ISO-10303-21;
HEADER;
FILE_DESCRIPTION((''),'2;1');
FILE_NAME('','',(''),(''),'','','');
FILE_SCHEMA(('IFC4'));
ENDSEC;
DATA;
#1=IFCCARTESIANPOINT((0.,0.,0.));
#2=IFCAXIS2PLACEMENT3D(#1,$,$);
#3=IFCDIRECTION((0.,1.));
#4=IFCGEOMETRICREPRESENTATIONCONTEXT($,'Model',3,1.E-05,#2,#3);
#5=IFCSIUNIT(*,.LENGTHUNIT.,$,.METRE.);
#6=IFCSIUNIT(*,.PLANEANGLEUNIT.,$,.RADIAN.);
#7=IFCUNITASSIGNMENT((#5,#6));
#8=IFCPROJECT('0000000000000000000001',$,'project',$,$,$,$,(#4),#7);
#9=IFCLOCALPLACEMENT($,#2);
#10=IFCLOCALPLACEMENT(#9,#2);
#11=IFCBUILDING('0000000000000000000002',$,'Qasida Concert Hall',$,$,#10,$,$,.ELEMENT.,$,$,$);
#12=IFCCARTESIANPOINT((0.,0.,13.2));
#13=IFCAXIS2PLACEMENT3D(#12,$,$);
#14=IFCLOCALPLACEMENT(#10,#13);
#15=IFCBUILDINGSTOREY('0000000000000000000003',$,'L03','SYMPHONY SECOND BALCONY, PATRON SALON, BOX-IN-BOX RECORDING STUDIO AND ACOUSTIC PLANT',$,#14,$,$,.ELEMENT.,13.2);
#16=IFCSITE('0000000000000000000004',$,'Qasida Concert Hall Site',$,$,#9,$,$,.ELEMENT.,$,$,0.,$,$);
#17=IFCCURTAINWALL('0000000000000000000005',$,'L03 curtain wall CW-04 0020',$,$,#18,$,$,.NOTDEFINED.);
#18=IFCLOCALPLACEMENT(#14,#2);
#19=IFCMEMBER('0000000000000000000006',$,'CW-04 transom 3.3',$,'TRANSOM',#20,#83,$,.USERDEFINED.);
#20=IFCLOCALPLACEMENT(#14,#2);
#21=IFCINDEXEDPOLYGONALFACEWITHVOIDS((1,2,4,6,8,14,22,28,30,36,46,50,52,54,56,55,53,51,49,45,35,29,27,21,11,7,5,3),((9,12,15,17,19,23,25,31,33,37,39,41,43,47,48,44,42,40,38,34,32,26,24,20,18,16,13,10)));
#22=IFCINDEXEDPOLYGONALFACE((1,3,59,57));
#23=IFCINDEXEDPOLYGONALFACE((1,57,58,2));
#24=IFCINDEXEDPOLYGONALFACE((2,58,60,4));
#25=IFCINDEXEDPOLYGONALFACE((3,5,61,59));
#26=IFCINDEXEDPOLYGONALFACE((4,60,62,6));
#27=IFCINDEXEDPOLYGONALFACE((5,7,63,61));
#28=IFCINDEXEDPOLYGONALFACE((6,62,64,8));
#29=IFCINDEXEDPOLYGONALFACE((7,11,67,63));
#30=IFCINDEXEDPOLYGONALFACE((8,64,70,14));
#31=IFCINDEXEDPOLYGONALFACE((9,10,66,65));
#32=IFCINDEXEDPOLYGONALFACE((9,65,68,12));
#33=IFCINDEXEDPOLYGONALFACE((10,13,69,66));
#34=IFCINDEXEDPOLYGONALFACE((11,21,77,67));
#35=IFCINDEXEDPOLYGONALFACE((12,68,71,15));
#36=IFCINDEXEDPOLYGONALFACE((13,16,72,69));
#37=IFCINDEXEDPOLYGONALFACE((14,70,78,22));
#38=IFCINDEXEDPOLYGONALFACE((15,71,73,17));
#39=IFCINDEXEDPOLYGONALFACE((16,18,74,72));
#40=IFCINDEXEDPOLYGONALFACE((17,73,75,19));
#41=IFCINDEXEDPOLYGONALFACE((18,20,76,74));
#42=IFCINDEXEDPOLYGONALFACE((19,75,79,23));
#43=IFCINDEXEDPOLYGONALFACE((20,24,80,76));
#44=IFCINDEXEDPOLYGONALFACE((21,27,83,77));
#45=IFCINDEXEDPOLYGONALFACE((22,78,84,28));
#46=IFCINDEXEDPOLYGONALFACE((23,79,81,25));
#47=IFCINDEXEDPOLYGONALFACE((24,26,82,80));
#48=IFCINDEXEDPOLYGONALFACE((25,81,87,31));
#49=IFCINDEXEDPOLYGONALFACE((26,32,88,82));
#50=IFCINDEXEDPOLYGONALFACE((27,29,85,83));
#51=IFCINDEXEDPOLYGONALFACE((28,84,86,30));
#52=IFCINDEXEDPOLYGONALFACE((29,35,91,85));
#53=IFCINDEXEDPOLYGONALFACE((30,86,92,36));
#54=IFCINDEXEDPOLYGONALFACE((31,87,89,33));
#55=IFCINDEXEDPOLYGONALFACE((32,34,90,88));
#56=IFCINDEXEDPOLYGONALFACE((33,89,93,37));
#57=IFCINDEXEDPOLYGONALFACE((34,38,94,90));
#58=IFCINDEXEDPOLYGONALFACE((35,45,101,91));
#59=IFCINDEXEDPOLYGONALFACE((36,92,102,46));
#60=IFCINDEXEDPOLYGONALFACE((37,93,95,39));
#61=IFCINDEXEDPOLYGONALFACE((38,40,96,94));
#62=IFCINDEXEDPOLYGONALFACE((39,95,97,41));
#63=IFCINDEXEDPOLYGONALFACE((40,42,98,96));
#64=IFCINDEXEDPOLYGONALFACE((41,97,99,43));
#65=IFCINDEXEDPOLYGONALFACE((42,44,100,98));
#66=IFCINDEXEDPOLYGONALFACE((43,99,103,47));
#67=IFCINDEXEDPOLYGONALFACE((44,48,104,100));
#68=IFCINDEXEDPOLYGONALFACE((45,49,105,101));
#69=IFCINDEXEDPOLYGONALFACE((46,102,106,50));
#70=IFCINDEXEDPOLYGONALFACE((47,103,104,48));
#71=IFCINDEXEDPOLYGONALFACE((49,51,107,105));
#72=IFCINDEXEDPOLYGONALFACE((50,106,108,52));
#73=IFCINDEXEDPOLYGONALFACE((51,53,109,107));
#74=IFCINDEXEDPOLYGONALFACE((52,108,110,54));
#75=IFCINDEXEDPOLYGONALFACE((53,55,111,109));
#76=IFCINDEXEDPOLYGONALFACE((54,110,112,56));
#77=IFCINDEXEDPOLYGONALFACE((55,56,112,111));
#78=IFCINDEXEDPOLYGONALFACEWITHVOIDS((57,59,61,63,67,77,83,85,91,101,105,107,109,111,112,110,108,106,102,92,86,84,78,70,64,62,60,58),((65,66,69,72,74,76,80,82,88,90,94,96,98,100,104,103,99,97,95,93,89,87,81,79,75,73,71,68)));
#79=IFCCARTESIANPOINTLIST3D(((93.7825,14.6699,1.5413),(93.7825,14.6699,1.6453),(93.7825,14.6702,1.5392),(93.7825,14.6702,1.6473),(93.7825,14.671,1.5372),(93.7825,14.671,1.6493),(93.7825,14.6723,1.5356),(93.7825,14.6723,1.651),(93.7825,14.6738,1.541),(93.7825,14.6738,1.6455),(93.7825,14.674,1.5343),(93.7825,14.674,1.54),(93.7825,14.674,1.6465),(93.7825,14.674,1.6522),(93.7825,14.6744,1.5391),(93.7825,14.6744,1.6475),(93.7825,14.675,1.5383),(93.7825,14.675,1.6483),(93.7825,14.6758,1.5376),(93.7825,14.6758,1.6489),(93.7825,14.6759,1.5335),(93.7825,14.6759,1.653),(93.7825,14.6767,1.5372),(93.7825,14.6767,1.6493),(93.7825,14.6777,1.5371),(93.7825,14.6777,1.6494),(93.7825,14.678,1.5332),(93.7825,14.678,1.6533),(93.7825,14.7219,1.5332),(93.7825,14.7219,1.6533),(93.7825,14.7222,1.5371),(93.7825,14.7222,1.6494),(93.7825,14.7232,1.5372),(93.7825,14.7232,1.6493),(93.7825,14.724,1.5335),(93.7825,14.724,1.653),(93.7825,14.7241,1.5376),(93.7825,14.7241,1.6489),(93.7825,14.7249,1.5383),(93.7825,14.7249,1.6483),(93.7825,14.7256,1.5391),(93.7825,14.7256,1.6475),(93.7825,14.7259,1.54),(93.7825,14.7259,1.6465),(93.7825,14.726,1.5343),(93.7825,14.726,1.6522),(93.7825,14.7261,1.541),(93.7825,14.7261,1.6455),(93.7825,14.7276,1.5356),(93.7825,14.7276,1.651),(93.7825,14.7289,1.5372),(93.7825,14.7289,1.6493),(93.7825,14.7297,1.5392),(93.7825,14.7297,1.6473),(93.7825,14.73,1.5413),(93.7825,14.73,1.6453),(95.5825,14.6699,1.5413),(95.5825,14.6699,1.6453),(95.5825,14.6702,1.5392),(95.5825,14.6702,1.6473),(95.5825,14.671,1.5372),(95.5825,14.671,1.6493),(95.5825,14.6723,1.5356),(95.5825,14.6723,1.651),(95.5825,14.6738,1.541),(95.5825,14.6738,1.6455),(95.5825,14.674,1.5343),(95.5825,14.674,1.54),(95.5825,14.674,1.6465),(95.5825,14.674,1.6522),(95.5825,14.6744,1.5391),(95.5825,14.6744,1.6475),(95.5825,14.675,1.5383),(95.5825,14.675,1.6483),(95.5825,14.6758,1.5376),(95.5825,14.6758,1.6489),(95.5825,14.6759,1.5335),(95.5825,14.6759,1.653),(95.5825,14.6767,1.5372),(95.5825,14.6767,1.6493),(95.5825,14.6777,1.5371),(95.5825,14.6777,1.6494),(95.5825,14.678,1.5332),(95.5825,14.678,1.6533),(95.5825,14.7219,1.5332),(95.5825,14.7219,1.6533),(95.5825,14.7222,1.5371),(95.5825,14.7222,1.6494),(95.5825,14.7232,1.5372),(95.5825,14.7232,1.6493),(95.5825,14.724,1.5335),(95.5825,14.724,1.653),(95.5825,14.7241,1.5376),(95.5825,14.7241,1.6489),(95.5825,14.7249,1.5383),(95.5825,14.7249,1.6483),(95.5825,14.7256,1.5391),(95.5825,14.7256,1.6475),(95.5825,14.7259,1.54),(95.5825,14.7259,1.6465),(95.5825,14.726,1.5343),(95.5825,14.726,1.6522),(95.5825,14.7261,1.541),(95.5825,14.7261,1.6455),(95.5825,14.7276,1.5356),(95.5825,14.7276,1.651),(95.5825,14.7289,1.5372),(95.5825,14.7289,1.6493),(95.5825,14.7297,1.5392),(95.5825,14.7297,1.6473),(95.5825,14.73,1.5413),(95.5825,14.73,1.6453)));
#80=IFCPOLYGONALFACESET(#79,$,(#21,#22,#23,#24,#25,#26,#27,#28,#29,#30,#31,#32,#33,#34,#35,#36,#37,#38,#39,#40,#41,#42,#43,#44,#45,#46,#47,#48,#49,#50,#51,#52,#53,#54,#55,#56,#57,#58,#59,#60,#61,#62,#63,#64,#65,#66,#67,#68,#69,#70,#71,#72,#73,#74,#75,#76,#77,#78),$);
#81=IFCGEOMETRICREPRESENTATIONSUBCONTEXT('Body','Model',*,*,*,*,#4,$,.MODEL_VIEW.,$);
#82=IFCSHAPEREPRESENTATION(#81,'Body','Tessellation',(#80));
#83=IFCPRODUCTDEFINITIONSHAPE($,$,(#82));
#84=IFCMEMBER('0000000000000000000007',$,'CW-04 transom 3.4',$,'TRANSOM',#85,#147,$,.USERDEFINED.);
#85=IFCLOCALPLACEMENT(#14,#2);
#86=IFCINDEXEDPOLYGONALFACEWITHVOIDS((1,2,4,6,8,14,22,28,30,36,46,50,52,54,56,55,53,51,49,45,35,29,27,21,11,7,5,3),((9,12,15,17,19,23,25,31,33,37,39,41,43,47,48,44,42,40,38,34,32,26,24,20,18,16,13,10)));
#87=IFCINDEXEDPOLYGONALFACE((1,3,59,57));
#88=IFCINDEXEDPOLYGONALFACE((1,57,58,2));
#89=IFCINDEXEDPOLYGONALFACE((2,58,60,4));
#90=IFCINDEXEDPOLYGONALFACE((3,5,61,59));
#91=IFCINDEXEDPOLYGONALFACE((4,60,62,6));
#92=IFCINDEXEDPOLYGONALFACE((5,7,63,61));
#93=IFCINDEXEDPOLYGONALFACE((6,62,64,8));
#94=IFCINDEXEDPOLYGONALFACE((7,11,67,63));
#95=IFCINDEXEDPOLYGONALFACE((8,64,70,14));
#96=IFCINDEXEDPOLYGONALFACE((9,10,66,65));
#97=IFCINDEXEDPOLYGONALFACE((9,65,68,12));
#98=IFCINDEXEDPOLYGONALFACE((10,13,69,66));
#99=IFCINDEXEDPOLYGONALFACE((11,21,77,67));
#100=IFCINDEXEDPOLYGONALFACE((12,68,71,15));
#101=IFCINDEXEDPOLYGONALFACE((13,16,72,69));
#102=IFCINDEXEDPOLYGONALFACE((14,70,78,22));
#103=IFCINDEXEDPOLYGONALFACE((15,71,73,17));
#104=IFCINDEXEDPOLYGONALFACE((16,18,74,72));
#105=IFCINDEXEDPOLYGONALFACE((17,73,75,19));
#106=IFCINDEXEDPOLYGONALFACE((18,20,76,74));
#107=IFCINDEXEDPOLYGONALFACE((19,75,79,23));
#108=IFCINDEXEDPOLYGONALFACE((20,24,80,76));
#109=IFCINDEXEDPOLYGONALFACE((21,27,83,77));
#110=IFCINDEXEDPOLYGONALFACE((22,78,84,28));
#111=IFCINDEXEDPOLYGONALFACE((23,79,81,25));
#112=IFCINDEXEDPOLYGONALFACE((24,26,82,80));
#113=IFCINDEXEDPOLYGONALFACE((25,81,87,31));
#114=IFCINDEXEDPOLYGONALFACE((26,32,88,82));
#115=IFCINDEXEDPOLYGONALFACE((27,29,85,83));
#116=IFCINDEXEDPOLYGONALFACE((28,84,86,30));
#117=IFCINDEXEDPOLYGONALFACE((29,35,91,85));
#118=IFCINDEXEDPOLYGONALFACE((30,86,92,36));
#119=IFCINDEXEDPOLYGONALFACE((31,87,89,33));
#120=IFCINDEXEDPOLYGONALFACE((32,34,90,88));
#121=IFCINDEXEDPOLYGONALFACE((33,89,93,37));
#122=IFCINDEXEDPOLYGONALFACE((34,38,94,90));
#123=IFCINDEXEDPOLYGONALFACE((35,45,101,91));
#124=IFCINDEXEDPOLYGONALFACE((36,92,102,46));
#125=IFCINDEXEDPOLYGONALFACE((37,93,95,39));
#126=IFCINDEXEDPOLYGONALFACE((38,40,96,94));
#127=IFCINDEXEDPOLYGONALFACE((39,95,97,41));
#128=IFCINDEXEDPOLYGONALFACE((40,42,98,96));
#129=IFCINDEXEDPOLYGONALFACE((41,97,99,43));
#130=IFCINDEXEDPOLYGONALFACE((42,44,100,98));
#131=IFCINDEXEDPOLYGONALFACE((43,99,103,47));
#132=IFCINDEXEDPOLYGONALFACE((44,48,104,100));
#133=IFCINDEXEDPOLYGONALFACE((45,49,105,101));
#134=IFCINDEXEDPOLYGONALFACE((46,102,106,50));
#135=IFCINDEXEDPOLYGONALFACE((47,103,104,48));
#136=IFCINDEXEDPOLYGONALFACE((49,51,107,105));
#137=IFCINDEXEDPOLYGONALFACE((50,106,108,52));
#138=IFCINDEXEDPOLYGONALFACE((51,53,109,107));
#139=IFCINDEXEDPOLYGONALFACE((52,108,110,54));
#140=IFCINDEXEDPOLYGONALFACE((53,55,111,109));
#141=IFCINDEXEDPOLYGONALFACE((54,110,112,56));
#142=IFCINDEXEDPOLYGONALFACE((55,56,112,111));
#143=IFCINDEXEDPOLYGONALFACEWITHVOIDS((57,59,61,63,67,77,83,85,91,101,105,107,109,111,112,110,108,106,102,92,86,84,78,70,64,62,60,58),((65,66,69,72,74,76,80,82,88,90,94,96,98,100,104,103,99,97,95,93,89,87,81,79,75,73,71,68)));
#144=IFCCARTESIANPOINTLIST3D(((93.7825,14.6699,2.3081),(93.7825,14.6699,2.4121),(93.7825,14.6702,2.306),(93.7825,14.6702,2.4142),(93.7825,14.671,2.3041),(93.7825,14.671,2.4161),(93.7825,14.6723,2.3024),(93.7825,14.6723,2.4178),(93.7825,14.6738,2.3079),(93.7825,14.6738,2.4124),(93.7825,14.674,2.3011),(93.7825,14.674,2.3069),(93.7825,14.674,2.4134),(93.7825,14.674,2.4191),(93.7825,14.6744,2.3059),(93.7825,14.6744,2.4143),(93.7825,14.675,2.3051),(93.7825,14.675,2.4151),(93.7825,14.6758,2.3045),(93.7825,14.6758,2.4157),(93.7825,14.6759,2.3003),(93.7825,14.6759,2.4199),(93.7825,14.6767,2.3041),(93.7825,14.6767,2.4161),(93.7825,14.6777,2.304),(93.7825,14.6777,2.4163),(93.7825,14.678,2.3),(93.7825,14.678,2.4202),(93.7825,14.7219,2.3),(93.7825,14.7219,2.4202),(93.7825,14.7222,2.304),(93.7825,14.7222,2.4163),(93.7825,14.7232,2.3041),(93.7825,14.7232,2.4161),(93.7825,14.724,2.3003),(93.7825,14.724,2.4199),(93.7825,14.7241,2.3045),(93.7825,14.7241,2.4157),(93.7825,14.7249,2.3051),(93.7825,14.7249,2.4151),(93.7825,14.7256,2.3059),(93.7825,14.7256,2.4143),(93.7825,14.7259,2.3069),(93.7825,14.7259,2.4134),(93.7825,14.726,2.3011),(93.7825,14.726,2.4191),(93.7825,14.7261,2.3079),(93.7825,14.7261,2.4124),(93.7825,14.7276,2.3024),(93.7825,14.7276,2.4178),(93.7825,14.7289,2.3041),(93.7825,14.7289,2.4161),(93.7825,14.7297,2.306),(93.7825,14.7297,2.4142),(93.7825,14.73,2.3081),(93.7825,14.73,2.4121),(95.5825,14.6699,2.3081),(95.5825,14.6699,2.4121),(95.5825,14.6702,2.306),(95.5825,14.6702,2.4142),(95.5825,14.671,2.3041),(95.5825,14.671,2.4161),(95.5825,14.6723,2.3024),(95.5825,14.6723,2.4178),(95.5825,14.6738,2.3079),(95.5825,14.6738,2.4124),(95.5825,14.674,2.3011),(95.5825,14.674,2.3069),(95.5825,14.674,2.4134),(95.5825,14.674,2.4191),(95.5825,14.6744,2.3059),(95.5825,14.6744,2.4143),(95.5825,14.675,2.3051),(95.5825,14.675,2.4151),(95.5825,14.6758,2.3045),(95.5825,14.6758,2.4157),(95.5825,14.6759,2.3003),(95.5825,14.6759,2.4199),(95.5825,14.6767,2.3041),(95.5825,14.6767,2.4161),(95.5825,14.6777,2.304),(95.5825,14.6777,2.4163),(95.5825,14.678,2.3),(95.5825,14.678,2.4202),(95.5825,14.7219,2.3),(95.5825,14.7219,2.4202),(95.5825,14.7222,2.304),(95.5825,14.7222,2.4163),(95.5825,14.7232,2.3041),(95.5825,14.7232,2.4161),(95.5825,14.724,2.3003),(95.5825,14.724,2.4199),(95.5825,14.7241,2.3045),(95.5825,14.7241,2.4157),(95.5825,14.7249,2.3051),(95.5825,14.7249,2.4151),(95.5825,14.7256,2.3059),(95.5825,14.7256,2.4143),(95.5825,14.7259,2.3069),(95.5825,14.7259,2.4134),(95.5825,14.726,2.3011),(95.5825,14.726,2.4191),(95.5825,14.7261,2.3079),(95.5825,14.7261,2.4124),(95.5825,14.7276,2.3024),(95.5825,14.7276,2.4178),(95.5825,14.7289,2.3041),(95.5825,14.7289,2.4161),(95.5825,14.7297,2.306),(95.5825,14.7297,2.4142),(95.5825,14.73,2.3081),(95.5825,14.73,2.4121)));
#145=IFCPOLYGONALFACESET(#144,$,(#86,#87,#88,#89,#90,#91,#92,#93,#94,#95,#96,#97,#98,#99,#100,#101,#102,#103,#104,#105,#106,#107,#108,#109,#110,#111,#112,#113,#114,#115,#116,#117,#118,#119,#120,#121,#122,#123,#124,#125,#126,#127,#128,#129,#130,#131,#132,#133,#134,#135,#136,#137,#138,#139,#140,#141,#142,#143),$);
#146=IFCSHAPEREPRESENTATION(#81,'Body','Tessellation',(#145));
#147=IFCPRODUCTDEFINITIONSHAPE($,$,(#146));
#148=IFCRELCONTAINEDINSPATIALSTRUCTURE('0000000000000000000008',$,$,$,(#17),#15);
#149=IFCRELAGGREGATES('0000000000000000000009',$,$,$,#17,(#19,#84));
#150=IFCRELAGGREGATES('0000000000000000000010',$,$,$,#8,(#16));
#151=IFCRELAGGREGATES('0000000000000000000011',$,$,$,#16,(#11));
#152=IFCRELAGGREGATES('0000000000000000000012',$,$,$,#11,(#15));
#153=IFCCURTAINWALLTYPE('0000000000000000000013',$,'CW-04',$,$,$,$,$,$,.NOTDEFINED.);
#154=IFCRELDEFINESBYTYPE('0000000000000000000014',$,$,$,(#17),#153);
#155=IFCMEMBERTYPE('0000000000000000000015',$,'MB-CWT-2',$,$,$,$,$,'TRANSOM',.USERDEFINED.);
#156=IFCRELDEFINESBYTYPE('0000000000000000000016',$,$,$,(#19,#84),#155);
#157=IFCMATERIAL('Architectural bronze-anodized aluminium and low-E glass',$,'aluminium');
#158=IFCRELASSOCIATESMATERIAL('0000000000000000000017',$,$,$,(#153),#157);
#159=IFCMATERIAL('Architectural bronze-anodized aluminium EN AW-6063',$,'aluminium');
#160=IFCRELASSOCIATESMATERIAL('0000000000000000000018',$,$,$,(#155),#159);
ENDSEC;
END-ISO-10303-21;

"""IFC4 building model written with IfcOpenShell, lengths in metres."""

from ifc_helpers import new_model, si_unit, direction, frame, origin, origin_2d, place, context, subcontext, project, spatial, hollow_rectangle, extrude, material, material_profile, profile_set, type_object, element, aggregate, save


model = new_model("IFC4")

# Units and contexts
model_context = context("Model", 3, precision=1e-05, world=origin(), true_north=direction((0.0, 1.0)))
body_context = subcontext(model_context, "Body", "Model", "MODEL_VIEW")
ifc_project = project(units=[si_unit("LENGTHUNIT", "METRE"), si_unit("PLANEANGLEUNIT", "RADIAN")], contexts=[model_context])

# Site, building, storey
site_placement = place(None, origin())
site = spatial("IfcSite", under=ifc_project, at=site_placement, Name="Qasida Concert Hall Site", CompositionType="ELEMENT", RefElevation=0.0)
building_placement = place(site_placement, origin())
building = spatial("IfcBuilding", under=site, at=building_placement, Name="Qasida Concert Hall", CompositionType="ELEMENT")
storey_placement = place(building_placement, frame((0.0, 0.0, 13.2)))
storey = spatial("IfcBuildingStorey", under=building, at=storey_placement, Name="L03", Description="SYMPHONY SECOND BALCONY, PATRON SALON, BOX-IN-BOX RECORDING STUDIO AND ACOUSTIC PLANT", CompositionType="ELEMENT", Elevation=13.2)

# Curtain wall, members
ifc_material_1 = material(Name="Architectural bronze-anodized aluminium and low-E glass", Category="aluminium")
curtain_wall_type = type_object("IfcCurtainWallType", Name="CW-04", PredefinedType="NOTDEFINED", material=ifc_material_1)
curtain_wall_placement = place(storey_placement, origin())
curtain_wall = element("IfcCurtainWall", 1, at=curtain_wall_placement, inside=storey, type_object=curtain_wall_type, Name="L03 curtain wall CW-04 0020", PredefinedType="NOTDEFINED")
ifc_material_2 = material(Name="Architectural bronze-anodized aluminium EN AW-6063", Category="aluminium")
ifc_material_profile_1 = material_profile(ifc_material_2, hollow_rectangle(XDim=0.0601, YDim=0.1201, WallThickness=0.0039, InnerFilletRadius=0.0039, OuterFilletRadius=0.0081, at=origin_2d()), Name="CWT 120x60x4")
ifc_profile_set_1 = profile_set([ifc_material_profile_1], Name="Architectural bronze-anodized aluminium EN AW-6063")
member_type_1 = type_object("IfcMemberType", Name="MB-CWT-2", ElementType="TRANSOM", PredefinedType="USERDEFINED", material=ifc_profile_set_1)
member_1_placement = place(storey_placement, frame((93.7825, 14.7, 1.5933), z_axis=(1.0, 0.0, 0.0), x_axis=(0.0, 1.0, 0.0)))
member_1 = element("IfcMember", 2, at=member_1_placement, type_object=member_type_1, Name="CW-04 transom 3.3", ObjectType="TRANSOM", PredefinedType="USERDEFINED", context=body_context, shape_type="SweptSolid", body=[
    extrude(hollow_rectangle(XDim=0.0601, YDim=0.1201, WallThickness=0.0039, InnerFilletRadius=0.0039, OuterFilletRadius=0.0081, at=origin_2d()), origin(), (0.0, 0.0, 1.0), 1.8),
])
member_2_placement = place(storey_placement, frame((93.7825, 14.7, 2.3601), z_axis=(1.0, 0.0, 0.0), x_axis=(0.0, 1.0, 0.0)))
member_2 = element("IfcMember", 3, at=member_2_placement, type_object=member_type_1, Name="CW-04 transom 3.4", ObjectType="TRANSOM", PredefinedType="USERDEFINED", context=body_context, shape_type="SweptSolid", body=[
    extrude(hollow_rectangle(XDim=0.0601, YDim=0.1201, WallThickness=0.0039, InnerFilletRadius=0.0039, OuterFilletRadius=0.0081, at=origin_2d()), origin(), (0.0, 0.0, 1.0), 1.8),
])
aggregate(curtain_wall, [member_1, member_2])

save(model, "model.ifc")
